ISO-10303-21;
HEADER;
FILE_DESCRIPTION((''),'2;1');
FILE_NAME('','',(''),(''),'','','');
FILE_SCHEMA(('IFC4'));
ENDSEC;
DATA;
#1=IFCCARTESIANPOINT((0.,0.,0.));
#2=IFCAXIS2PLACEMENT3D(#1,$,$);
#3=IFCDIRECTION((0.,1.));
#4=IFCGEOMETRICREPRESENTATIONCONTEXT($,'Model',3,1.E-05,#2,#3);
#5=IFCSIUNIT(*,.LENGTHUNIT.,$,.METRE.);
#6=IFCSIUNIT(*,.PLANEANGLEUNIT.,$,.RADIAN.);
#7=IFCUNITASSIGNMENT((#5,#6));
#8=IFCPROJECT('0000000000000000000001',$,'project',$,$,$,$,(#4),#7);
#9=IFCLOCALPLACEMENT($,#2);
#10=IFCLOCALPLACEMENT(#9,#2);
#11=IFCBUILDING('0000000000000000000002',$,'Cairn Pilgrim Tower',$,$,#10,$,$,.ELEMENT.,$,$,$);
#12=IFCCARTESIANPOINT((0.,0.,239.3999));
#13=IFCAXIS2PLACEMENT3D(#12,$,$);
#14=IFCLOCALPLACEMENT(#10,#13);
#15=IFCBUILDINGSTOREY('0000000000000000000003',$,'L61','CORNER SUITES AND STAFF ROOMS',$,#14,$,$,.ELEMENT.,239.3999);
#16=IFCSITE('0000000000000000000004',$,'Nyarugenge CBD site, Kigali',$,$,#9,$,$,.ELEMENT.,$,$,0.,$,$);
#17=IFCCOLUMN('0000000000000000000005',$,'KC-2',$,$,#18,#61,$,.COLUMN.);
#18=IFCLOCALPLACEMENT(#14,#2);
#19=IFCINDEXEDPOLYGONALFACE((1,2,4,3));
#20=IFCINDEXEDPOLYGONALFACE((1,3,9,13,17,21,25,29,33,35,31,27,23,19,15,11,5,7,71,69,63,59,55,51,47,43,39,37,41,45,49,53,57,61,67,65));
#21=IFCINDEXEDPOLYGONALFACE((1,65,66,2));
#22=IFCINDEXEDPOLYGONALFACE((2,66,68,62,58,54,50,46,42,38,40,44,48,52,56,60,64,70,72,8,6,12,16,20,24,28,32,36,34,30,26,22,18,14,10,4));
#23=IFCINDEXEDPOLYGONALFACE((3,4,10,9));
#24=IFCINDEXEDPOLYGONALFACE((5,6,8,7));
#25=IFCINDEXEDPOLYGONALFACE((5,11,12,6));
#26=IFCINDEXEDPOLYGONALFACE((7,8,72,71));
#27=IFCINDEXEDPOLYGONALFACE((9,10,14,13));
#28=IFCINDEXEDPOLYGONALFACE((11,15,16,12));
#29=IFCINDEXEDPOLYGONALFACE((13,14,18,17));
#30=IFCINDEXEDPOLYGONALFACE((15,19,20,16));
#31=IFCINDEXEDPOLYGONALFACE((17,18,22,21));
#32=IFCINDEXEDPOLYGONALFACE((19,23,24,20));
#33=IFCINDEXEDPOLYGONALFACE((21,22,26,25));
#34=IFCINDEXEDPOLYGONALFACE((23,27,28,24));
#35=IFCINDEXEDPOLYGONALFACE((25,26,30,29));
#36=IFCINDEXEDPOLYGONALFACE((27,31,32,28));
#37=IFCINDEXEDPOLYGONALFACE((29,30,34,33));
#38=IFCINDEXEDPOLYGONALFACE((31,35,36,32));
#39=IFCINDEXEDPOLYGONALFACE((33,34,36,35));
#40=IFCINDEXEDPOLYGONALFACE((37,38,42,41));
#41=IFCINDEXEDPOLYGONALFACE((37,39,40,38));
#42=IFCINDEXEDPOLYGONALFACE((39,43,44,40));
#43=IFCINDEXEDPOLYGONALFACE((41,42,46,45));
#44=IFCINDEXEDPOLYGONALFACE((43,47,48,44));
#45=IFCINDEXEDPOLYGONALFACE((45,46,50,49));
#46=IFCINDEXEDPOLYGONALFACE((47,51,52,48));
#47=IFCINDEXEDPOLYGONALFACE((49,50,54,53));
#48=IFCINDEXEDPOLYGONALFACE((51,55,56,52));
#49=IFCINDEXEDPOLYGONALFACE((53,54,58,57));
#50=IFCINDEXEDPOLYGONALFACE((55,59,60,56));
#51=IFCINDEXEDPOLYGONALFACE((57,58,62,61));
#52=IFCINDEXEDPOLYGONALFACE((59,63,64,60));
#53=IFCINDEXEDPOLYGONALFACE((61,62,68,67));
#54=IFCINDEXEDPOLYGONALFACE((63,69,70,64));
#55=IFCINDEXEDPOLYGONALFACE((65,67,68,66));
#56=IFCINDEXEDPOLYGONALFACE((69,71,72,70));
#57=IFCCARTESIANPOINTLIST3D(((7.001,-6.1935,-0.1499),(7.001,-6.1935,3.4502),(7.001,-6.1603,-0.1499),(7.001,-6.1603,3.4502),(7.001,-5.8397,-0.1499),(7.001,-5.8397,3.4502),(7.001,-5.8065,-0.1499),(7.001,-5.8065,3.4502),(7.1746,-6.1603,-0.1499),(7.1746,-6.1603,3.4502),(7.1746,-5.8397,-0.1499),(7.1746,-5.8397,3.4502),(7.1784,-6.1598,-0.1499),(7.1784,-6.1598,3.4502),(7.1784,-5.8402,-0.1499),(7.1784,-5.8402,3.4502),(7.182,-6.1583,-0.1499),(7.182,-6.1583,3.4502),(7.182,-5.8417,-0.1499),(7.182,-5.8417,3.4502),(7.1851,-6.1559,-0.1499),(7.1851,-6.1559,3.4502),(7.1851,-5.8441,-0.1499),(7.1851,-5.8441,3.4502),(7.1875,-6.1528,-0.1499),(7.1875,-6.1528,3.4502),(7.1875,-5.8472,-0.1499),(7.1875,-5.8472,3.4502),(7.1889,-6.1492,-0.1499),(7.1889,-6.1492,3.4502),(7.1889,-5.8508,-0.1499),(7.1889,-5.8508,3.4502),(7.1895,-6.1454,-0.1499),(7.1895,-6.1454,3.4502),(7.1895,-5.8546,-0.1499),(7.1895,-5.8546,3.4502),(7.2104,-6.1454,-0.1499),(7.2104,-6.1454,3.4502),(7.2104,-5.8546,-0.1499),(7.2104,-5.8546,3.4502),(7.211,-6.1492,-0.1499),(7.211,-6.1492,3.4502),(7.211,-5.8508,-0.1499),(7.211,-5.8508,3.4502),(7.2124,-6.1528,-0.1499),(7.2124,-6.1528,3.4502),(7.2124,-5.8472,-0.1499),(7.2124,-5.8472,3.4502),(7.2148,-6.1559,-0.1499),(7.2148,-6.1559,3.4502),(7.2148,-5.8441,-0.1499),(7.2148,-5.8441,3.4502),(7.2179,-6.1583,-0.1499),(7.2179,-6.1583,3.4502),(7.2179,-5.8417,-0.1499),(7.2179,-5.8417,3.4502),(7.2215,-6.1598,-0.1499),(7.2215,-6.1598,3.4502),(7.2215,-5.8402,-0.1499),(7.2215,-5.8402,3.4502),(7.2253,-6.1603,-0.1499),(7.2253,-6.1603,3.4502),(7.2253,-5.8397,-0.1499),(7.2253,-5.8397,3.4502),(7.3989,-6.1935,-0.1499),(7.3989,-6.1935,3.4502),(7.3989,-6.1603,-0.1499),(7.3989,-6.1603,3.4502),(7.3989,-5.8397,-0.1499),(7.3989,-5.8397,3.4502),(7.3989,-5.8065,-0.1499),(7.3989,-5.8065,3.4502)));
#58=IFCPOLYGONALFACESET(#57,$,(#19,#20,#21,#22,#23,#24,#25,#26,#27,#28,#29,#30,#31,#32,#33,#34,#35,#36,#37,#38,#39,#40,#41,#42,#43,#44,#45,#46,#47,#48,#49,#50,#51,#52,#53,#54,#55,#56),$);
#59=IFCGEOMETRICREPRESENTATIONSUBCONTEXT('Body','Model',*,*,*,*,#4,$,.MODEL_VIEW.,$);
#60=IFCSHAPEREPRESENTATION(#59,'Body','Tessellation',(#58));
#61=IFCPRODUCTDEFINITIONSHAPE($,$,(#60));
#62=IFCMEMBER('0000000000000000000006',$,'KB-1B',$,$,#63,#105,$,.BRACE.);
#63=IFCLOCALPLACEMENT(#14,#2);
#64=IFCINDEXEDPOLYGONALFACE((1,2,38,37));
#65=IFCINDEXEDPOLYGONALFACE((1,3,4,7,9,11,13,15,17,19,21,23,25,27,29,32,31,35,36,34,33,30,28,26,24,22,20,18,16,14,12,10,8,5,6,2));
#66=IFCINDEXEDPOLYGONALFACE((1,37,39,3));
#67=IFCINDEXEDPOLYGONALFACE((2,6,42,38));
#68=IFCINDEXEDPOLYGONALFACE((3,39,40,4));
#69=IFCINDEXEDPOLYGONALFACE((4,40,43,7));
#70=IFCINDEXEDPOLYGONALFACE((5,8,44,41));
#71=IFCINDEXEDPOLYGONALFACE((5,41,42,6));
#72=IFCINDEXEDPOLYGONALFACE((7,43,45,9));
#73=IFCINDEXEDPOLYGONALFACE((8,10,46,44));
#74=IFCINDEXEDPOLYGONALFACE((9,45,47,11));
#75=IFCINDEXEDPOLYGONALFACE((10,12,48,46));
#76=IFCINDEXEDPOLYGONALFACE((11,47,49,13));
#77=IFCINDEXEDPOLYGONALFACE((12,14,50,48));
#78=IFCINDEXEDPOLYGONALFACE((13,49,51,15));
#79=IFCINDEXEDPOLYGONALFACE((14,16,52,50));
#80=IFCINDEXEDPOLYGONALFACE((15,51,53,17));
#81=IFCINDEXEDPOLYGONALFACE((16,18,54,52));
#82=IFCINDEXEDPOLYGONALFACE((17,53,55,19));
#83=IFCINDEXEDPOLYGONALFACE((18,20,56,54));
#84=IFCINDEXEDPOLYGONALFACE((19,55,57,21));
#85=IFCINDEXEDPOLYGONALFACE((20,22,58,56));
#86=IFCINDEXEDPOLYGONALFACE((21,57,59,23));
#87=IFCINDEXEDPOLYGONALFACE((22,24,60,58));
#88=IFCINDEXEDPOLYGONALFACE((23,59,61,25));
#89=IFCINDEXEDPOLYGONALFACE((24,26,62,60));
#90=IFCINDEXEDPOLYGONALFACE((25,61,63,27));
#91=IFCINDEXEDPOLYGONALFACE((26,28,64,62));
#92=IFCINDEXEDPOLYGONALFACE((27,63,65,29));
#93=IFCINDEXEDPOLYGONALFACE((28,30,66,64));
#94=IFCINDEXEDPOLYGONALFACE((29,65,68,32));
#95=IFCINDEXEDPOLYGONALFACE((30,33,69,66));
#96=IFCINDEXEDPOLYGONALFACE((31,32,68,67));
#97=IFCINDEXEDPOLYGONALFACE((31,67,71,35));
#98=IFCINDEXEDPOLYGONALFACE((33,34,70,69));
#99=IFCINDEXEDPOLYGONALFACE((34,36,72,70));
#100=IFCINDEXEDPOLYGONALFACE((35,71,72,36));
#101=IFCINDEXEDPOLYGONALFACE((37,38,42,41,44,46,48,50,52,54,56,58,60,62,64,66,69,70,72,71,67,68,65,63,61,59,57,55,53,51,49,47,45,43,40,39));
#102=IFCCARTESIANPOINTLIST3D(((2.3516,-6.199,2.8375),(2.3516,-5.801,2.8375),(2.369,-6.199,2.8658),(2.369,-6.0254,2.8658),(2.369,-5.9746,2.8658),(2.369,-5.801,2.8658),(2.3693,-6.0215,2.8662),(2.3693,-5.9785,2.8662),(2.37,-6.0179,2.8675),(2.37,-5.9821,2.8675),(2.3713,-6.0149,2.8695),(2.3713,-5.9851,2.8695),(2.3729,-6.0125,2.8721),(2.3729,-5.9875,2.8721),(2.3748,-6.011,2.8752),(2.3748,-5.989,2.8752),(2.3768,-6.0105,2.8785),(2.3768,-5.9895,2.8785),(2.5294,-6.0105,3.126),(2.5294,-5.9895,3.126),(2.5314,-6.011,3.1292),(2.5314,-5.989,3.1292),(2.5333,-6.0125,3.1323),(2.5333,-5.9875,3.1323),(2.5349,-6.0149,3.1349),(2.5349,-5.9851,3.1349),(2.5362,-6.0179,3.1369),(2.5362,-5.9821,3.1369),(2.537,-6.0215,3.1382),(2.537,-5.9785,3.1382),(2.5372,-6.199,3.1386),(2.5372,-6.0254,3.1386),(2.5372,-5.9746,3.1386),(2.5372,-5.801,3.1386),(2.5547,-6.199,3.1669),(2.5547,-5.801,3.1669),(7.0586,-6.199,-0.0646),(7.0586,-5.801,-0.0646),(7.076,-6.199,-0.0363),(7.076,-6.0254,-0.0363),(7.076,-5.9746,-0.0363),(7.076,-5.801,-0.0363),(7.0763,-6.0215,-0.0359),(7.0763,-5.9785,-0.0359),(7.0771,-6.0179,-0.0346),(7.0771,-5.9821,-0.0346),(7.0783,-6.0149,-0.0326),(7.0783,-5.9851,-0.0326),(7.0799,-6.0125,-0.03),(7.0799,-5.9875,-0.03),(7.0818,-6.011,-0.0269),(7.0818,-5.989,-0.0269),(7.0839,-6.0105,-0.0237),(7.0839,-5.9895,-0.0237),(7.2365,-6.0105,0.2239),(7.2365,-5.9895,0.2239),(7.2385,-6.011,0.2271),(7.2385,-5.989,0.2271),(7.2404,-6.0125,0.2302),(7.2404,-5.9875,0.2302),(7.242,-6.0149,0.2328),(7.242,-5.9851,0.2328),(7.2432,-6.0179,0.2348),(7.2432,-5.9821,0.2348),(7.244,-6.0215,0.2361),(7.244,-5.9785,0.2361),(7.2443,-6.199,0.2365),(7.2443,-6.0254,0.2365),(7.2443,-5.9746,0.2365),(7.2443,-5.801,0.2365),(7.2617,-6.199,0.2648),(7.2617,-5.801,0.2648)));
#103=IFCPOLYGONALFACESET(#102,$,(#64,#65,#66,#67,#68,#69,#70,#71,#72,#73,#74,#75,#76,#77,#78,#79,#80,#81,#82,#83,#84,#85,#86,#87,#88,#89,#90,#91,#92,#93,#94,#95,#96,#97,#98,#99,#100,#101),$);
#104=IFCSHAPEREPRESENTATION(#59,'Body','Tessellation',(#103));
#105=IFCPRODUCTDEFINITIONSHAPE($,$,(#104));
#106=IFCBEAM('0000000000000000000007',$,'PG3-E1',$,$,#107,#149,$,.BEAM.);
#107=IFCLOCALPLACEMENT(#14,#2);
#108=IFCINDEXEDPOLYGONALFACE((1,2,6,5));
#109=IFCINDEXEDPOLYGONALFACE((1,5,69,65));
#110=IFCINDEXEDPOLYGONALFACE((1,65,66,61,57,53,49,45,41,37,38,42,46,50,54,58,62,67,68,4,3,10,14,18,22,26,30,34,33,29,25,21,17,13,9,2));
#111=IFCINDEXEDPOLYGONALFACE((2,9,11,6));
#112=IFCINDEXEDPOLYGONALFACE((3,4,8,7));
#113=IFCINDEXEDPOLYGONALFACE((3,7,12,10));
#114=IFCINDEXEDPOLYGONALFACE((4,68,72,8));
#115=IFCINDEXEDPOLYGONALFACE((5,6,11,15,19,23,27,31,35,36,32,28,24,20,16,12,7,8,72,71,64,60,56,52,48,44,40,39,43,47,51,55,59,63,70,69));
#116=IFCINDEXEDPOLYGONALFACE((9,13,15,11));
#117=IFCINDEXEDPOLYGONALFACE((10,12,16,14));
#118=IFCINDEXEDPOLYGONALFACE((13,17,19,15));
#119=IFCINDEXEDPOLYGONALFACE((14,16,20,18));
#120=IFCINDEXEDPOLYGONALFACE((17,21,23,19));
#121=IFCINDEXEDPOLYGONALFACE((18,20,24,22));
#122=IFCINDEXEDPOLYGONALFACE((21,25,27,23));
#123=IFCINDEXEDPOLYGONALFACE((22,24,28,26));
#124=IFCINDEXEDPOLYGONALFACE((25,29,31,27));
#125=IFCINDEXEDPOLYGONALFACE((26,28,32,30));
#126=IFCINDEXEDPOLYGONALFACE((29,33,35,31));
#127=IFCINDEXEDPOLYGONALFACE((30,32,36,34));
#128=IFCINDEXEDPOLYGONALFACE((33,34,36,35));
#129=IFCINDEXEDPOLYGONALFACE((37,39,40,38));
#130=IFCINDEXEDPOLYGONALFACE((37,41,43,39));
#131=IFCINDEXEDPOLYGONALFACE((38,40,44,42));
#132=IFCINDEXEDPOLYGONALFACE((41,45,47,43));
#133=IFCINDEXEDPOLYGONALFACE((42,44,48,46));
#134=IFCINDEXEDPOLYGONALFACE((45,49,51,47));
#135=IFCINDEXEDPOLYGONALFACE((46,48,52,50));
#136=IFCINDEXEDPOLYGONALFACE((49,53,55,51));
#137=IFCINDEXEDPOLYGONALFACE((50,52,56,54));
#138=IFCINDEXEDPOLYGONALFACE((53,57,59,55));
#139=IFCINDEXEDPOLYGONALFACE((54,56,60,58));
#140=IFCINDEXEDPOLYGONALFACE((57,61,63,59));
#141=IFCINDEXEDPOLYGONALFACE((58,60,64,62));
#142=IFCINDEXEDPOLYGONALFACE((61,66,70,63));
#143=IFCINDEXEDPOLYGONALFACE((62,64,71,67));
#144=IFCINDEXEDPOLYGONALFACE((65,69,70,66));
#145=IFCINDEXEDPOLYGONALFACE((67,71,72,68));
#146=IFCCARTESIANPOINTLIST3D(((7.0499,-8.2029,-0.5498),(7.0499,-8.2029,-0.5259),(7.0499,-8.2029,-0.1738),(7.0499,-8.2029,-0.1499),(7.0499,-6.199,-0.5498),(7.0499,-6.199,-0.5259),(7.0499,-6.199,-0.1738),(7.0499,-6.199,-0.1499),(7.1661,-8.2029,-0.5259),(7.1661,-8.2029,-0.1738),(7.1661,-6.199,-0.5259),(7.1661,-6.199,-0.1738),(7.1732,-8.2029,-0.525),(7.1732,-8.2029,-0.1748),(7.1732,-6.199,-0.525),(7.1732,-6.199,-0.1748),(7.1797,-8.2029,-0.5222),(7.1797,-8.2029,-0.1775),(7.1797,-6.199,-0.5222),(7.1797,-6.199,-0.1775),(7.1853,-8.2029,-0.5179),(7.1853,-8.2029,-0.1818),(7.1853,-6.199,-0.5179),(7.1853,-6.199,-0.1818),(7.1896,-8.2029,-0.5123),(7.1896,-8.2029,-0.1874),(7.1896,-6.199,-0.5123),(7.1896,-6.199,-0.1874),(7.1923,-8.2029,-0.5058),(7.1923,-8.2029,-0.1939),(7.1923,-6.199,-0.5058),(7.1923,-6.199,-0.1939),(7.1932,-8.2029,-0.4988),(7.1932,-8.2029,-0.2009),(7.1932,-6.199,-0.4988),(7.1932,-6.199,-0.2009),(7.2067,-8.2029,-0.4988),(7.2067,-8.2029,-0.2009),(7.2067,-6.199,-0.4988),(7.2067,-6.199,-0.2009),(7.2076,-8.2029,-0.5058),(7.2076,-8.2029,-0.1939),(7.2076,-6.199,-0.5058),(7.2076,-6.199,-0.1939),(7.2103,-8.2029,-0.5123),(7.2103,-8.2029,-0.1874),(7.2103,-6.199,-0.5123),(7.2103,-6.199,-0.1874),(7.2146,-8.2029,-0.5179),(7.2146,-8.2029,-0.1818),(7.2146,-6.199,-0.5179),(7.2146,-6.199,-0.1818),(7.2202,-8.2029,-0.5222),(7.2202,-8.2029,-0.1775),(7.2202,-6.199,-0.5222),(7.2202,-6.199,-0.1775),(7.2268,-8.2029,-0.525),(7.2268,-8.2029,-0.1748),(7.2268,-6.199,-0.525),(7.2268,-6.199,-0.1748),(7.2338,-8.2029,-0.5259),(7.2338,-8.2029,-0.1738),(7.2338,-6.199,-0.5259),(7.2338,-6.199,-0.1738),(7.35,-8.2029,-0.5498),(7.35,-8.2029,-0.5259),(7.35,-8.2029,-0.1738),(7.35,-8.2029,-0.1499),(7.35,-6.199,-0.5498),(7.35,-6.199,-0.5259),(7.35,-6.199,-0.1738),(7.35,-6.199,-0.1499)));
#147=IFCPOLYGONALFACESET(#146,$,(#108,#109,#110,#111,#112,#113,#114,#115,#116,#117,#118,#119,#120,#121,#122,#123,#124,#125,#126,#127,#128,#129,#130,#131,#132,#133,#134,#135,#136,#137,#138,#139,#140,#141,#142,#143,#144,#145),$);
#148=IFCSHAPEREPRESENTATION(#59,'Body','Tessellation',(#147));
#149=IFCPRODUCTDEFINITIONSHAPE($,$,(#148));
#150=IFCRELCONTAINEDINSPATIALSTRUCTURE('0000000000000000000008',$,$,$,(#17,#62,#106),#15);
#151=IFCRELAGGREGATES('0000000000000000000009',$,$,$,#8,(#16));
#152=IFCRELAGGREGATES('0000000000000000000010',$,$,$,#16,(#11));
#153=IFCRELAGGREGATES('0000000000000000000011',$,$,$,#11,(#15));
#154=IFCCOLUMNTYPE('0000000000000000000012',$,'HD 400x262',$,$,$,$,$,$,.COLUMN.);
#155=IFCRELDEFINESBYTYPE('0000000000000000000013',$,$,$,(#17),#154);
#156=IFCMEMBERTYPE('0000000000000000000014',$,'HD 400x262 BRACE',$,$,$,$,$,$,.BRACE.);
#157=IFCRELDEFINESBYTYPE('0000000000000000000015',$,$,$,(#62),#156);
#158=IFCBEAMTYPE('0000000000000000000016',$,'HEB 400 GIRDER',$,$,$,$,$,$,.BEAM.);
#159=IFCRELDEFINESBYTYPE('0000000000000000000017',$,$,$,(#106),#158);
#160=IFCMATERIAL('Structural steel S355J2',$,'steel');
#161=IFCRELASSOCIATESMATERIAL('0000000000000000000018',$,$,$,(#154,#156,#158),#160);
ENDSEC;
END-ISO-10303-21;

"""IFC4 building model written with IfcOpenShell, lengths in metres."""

from ifc_helpers import new_model, si_unit, direction, frame, origin, origin_2d, place, context, subcontext, project, spatial, i_section, extrude, material, material_profile, profile_set, type_object, element, save


model = new_model("IFC4")

# Units and contexts
model_context = context("Model", 3, precision=1e-05, world=origin(), true_north=direction((0.0, 1.0)))
body_context = subcontext(model_context, "Body", "Model", "MODEL_VIEW")
ifc_project = project(units=[si_unit("LENGTHUNIT", "METRE"), si_unit("PLANEANGLEUNIT", "RADIAN")], contexts=[model_context])

# Site, building, storey
site_placement = place(None, origin())
site = spatial("IfcSite", under=ifc_project, at=site_placement, Name="Nyarugenge CBD site, Kigali", CompositionType="ELEMENT", RefElevation=0.0)
building_placement = place(site_placement, origin())
building = spatial("IfcBuilding", under=site, at=building_placement, Name="Cairn Pilgrim Tower", CompositionType="ELEMENT")
storey_placement = place(building_placement, frame((0.0, 0.0, 239.3999)))
storey = spatial("IfcBuildingStorey", under=building, at=storey_placement, Name="L61", Description="CORNER SUITES AND STAFF ROOMS", CompositionType="ELEMENT", Elevation=239.3999)

# Column
ifc_material_1 = material(Name="Structural steel S355J2", Category="steel")
ifc_material_profile_1 = material_profile(ifc_material_1, i_section(OverallWidth=0.3979, OverallDepth=0.387, WebThickness=0.021, FlangeThickness=0.0332, FilletRadius=0.0149, at=origin_2d()), Name="HD 400x262")
ifc_profile_set_1 = profile_set([ifc_material_profile_1], Name="Structural steel S355J2")
column_type = type_object("IfcColumnType", Name="HD 400x262", PredefinedType="COLUMN", material=ifc_profile_set_1)
column_placement = place(storey_placement, frame((7.2, -6.0, -0.1499), z_axis=(0.0, 0.0, 1.0), x_axis=(1.0, 0.0, 0.0)))
element("IfcColumn", 1, at=column_placement, inside=storey, type_object=column_type, Name="KC-2", PredefinedType="COLUMN", context=body_context, shape_type="SweptSolid", body=[
    extrude(i_section(OverallWidth=0.3979, OverallDepth=0.387, WebThickness=0.021, FlangeThickness=0.0332, FilletRadius=0.0149, at=origin_2d()), origin(), (0.0, 0.0, 1.0), 3.6001),
])

# Member
ifc_material_profile_2 = material_profile(ifc_material_1, i_section(OverallWidth=0.3979, OverallDepth=0.387, WebThickness=0.021, FlangeThickness=0.0332, FilletRadius=0.0149, at=origin_2d()), Name="HD 400x262")
ifc_profile_set_2 = profile_set([ifc_material_profile_2], Name="Structural steel S355J2")
member_type = type_object("IfcMemberType", Name="HD 400x262 BRACE", PredefinedType="BRACE", material=ifc_profile_set_2)
member_placement = place(storey_placement, frame((7.1602, -6.0, 0.1001), z_axis=(-0.851217, 0.0, 0.524814), x_axis=(0.0, -1.0, 0.0)))
element("IfcMember", 2, at=member_placement, inside=storey, type_object=member_type, Name="KB-1B", PredefinedType="BRACE", context=body_context, shape_type="SweptSolid", body=[
    extrude(i_section(OverallWidth=0.3979, OverallDepth=0.387, WebThickness=0.021, FlangeThickness=0.0332, FilletRadius=0.0149, at=origin_2d()), origin(), (0.0, 0.0, 1.0), 5.5298),
])

# Beam
ifc_material_profile_3 = material_profile(ifc_material_1, i_section(OverallWidth=0.3, OverallDepth=0.3999, WebThickness=0.0134, FlangeThickness=0.0239, FilletRadius=0.0271, at=origin_2d()), Name="HEB 400")
ifc_profile_set_3 = profile_set([ifc_material_profile_3], Name="Structural steel S355J2")
beam_type_1 = type_object("IfcBeamType", Name="HEB 400 GIRDER", PredefinedType="BEAM", material=ifc_profile_set_3)
beam_1_placement = place(storey_placement, frame((7.2, -8.2029, -0.3499), z_axis=(0.0, 1.0, 0.0), x_axis=(-1.0, 0.0, 0.0)))
element("IfcBeam", 3, at=beam_1_placement, inside=storey, type_object=beam_type_1, Name="PG3-E1", PredefinedType="BEAM", context=body_context, shape_type="SweptSolid", body=[
    extrude(i_section(OverallWidth=0.3, OverallDepth=0.3999, WebThickness=0.0134, FlangeThickness=0.0239, FilletRadius=0.0271, at=origin_2d()), origin(), (0.0, 0.0, 1.0), 2.0039),
])

save(model, "model.ifc")
